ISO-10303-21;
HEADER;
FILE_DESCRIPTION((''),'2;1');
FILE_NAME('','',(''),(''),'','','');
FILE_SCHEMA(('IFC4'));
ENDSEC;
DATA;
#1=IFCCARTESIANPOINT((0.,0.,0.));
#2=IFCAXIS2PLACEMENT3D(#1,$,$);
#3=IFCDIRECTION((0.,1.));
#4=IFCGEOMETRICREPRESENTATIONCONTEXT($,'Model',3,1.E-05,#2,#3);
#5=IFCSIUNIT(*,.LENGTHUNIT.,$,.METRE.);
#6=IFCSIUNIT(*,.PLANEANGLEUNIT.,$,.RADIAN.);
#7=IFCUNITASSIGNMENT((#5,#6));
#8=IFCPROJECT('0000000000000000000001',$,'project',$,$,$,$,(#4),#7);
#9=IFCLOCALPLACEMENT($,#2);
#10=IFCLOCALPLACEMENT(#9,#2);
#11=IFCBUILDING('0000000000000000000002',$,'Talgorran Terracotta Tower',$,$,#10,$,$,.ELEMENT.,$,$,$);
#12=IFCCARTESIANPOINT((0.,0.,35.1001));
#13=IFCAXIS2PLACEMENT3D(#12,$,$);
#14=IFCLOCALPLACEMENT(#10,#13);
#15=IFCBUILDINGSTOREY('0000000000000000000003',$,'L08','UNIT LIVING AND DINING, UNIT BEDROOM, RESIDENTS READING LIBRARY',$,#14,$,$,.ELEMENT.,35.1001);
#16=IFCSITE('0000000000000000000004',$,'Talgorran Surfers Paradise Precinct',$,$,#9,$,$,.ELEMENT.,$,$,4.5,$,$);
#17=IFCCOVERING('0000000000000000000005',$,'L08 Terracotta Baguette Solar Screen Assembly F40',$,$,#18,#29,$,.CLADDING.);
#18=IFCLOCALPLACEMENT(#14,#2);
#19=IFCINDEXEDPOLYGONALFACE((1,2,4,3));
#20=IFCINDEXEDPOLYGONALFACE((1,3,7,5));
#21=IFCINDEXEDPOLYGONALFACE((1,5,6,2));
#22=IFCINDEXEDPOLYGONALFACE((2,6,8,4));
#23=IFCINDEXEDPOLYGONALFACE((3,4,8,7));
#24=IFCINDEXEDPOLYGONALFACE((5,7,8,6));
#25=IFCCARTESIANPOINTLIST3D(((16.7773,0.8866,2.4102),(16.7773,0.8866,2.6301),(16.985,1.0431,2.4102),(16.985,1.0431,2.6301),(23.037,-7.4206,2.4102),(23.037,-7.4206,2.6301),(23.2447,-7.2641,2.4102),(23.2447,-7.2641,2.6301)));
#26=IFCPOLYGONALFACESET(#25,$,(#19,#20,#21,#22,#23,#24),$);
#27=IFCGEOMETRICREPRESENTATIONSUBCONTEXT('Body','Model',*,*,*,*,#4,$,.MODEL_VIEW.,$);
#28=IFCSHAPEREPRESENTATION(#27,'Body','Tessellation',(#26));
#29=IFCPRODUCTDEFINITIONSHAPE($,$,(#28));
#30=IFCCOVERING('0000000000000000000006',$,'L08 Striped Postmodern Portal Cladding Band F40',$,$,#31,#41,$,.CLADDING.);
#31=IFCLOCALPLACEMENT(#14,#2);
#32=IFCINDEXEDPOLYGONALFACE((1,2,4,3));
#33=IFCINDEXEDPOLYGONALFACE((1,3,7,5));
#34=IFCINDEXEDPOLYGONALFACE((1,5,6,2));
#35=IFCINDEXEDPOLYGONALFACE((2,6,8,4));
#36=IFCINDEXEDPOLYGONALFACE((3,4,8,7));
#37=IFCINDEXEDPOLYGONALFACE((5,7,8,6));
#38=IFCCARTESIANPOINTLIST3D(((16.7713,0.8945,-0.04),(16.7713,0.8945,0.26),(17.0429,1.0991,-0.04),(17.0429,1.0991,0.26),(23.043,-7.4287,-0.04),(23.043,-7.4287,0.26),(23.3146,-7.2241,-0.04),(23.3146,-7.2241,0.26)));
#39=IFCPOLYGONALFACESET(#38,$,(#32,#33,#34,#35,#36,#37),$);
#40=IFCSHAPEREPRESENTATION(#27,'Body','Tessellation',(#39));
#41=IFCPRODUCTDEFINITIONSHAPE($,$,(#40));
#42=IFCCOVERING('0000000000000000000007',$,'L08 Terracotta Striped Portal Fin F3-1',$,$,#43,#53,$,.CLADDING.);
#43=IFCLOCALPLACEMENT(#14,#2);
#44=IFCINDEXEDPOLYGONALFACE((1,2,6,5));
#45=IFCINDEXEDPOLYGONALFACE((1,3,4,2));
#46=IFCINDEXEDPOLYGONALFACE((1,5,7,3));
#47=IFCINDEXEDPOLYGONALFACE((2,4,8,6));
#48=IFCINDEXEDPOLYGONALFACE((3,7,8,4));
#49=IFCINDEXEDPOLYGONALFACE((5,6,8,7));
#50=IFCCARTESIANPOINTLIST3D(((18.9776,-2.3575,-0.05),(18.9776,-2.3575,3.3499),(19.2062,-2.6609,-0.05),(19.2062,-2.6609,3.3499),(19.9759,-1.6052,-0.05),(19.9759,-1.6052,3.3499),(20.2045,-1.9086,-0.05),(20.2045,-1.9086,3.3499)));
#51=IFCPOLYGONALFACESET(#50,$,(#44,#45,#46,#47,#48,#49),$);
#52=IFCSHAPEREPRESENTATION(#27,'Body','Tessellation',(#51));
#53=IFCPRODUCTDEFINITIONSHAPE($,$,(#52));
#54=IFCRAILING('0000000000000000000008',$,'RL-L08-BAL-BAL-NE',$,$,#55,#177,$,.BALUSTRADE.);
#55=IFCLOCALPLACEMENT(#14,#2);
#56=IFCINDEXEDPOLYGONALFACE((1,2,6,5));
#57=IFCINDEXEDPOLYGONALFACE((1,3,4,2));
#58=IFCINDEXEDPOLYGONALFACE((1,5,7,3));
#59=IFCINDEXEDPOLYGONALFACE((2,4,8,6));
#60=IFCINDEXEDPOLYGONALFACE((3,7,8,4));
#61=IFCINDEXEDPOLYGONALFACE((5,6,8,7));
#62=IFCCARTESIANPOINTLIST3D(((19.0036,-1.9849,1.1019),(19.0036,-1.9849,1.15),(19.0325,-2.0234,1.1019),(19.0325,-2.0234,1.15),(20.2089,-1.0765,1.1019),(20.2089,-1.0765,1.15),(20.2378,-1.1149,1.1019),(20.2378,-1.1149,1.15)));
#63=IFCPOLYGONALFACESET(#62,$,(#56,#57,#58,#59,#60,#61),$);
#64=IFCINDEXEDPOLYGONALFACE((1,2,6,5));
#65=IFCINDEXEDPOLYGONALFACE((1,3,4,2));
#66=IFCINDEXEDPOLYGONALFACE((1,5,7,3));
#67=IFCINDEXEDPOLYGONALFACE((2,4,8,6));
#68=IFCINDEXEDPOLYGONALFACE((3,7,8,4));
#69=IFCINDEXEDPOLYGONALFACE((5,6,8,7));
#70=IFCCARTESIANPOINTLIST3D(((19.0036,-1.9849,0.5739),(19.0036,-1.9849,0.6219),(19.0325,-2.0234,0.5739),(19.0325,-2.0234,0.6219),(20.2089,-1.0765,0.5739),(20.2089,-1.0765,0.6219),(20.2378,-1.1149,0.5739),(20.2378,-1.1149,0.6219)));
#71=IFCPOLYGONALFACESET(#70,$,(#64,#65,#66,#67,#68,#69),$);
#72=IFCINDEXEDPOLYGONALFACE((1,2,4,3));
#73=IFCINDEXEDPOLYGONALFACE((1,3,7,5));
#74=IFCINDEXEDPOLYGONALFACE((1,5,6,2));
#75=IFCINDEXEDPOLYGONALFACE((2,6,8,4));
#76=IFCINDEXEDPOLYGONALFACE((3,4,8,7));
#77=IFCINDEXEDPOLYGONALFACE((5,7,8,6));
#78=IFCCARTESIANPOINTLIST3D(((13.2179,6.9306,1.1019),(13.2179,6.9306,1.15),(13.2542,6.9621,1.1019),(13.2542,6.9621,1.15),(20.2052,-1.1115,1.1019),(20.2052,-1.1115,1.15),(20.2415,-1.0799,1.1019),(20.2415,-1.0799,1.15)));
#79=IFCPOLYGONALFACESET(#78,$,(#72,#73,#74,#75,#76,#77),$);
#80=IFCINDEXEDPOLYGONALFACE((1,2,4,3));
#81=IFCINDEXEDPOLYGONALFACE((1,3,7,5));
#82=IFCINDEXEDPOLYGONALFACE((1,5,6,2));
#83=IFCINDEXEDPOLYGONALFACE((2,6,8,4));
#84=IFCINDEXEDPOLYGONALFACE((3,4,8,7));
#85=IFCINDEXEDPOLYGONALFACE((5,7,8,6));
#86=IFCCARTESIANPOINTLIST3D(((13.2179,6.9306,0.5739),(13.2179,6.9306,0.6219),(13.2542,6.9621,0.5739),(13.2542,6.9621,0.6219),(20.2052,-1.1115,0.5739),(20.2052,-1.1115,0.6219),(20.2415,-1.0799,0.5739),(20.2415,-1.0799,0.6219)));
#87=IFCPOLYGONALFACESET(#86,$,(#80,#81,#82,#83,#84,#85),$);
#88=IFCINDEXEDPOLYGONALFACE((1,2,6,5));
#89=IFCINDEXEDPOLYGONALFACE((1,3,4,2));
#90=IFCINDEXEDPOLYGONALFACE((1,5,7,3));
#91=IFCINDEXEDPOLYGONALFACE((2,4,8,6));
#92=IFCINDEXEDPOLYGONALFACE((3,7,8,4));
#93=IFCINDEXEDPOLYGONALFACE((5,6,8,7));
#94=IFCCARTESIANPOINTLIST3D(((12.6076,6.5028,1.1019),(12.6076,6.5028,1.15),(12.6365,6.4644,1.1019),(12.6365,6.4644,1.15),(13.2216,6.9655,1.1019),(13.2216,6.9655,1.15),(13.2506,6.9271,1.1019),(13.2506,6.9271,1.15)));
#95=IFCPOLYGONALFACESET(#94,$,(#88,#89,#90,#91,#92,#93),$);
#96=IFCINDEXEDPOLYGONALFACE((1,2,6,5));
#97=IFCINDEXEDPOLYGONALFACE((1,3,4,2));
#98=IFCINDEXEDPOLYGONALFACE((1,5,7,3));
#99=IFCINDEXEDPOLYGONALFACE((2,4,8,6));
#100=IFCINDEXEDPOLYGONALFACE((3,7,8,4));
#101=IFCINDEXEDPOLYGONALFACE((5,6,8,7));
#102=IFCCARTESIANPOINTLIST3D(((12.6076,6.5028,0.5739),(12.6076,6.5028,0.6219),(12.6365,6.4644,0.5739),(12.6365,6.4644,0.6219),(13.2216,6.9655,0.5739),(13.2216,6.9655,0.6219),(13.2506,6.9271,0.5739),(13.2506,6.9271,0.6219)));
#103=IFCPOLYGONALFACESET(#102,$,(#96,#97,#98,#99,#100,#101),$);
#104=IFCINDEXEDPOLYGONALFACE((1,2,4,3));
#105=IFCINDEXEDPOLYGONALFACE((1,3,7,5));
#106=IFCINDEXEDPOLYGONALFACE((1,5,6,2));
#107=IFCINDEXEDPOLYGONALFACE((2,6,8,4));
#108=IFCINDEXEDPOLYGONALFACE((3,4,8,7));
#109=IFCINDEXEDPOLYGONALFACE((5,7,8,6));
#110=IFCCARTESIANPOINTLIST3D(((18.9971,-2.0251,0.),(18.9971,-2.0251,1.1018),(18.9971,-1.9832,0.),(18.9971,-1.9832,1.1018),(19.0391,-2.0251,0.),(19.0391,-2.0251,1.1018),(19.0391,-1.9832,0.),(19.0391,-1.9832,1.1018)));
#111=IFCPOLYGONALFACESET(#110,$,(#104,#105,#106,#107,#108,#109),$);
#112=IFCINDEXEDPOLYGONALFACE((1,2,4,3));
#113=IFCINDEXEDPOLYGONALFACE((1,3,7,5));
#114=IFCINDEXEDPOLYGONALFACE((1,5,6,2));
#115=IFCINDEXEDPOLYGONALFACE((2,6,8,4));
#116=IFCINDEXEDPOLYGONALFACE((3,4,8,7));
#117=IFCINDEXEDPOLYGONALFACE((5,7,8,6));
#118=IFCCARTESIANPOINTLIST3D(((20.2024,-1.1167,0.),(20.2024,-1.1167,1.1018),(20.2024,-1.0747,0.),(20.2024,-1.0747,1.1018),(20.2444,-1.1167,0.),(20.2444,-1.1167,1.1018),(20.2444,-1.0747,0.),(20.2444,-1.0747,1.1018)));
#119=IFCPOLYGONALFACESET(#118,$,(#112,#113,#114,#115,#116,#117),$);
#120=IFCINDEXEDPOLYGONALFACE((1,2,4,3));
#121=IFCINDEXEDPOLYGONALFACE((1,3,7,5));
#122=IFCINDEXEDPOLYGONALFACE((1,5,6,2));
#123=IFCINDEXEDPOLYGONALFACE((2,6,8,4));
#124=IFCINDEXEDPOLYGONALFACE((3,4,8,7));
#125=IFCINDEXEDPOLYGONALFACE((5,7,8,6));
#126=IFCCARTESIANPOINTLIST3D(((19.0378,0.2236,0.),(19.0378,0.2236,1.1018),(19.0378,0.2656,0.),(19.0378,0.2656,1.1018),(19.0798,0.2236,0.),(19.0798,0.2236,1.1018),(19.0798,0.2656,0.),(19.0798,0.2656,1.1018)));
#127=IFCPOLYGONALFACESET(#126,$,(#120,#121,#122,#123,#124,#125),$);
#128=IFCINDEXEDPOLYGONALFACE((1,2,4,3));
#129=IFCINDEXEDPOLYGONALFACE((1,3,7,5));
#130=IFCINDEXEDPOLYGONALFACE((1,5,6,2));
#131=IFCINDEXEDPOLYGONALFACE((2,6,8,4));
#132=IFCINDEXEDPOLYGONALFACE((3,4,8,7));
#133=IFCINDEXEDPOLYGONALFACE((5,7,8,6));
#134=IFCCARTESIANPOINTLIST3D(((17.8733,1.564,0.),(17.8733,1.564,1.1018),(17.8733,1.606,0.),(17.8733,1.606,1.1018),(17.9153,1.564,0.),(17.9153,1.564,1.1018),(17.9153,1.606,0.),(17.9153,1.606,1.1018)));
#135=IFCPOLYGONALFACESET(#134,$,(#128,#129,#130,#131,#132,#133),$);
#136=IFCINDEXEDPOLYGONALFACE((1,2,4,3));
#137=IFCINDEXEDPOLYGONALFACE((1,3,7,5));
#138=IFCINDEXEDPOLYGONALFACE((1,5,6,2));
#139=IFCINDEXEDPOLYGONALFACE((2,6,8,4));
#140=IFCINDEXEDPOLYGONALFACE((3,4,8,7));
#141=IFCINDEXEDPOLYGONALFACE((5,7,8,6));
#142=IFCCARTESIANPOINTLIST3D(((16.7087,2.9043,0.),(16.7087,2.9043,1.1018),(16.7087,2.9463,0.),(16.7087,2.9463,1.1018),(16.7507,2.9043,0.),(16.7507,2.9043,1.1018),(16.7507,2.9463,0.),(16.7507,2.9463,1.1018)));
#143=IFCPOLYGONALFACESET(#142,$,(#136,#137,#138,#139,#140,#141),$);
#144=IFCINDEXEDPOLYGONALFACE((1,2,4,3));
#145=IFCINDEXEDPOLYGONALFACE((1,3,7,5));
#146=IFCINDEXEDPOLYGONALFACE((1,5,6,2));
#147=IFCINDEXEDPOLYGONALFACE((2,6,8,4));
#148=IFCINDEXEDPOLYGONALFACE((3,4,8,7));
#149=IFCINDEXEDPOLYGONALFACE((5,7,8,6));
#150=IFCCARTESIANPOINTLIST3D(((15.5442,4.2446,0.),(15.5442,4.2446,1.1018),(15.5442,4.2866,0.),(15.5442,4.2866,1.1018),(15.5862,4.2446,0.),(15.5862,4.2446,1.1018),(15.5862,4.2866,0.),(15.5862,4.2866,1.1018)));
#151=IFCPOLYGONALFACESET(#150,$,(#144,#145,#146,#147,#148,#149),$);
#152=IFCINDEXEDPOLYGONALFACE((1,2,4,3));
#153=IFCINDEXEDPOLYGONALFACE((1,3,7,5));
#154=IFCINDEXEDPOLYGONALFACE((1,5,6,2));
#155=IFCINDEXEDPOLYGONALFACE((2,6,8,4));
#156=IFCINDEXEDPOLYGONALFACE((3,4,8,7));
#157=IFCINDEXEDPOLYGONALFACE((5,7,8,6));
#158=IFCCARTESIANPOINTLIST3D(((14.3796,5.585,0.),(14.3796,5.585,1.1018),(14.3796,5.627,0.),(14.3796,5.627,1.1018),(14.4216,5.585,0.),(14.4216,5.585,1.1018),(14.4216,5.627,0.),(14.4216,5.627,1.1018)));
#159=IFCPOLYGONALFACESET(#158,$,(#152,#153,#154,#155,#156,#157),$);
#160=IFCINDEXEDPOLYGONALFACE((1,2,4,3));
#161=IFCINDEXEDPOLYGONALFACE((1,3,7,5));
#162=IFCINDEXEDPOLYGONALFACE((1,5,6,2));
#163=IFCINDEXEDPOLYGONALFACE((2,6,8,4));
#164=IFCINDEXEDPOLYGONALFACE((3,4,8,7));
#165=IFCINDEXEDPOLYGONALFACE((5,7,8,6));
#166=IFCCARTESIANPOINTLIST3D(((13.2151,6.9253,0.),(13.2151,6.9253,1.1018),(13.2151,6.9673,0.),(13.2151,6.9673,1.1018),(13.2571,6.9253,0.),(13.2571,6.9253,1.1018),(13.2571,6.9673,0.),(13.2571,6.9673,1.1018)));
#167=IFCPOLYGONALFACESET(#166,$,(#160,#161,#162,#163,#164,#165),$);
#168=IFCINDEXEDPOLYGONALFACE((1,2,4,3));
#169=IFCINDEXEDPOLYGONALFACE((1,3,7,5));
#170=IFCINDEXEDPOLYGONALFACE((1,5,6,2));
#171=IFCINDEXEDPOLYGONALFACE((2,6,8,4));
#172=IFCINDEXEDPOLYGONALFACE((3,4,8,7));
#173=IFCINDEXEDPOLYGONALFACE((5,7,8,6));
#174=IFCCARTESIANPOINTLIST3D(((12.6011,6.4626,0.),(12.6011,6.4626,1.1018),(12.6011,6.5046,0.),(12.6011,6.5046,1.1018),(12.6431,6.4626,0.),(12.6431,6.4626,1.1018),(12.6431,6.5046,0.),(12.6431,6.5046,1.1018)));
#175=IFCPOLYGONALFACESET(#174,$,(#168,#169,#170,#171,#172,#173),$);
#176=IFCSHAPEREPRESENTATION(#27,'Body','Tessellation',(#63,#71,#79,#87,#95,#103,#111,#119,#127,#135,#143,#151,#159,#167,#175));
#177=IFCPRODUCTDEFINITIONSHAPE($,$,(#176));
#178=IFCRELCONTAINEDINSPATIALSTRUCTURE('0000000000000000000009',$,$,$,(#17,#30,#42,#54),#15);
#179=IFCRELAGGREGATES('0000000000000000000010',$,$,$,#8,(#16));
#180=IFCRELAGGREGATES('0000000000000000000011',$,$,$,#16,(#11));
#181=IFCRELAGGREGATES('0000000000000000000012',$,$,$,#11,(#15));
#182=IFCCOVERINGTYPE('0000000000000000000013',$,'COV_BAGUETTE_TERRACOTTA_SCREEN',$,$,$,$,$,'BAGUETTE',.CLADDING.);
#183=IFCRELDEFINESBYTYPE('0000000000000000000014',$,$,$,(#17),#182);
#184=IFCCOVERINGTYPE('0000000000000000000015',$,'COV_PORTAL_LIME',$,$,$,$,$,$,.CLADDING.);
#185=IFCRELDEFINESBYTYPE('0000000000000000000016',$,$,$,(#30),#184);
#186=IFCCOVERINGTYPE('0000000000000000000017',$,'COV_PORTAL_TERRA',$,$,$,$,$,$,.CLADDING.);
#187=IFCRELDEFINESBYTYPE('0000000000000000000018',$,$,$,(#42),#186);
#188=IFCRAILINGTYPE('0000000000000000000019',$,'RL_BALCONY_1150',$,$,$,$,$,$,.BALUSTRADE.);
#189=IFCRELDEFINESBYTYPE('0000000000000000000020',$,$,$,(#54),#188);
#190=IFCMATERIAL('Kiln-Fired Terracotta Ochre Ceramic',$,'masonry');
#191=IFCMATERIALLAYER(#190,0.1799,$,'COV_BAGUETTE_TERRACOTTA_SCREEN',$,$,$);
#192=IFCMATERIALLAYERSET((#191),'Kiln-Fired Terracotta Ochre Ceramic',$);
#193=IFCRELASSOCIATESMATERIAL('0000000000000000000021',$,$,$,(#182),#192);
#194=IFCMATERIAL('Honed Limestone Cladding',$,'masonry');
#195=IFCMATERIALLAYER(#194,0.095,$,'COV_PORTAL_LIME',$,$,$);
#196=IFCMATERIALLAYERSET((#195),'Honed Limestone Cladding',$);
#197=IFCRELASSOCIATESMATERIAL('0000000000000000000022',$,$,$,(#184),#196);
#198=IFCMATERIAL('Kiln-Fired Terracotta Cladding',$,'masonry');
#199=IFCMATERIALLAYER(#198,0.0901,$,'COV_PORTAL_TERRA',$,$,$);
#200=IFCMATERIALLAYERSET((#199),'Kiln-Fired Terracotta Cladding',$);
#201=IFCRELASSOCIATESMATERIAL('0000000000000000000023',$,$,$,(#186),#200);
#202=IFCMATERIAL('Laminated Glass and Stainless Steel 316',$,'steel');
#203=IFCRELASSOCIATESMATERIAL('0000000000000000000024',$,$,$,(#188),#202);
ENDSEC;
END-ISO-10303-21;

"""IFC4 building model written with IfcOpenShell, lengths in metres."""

from ifc_helpers import new_model, si_unit, direction, frame, origin, origin_2d, place, context, subcontext, project, spatial, rectangle, extrude, material, layer, layer_set, type_object, element, save


model = new_model("IFC4")

# Units and contexts
model_context = context("Model", 3, precision=1e-05, world=origin(), true_north=direction((0.0, 1.0)))
body_context = subcontext(model_context, "Body", "Model", "MODEL_VIEW")
ifc_project = project(units=[si_unit("LENGTHUNIT", "METRE"), si_unit("PLANEANGLEUNIT", "RADIAN")], contexts=[model_context])

# Site, building, storey
site_placement = place(None, origin())
site = spatial("IfcSite", under=ifc_project, at=site_placement, Name="Talgorran Surfers Paradise Precinct", CompositionType="ELEMENT", RefElevation=4.5)
building_placement = place(site_placement, origin())
building = spatial("IfcBuilding", under=site, at=building_placement, Name="Talgorran Terracotta Tower", CompositionType="ELEMENT")
storey_placement = place(building_placement, frame((0.0, 0.0, 35.1001)))
storey = spatial("IfcBuildingStorey", under=building, at=storey_placement, Name="L08", Description="UNIT LIVING AND DINING, UNIT BEDROOM, RESIDENTS READING LIBRARY", CompositionType="ELEMENT", Elevation=35.1001)

# Coverings
ifc_material_1 = material(Name="Kiln-Fired Terracotta Ochre Ceramic", Category="masonry")
ifc_layer_1 = layer(ifc_material_1, 0.1799, Name="COV_BAGUETTE_TERRACOTTA_SCREEN")
ifc_layer_set_1 = layer_set([ifc_layer_1], Name="Kiln-Fired Terracotta Ochre Ceramic")
covering_type_1 = type_object("IfcCoveringType", Name="COV_BAGUETTE_TERRACOTTA_SCREEN", ElementType="BAGUETTE", PredefinedType="CLADDING", material=ifc_layer_set_1)
covering_1_placement = place(storey_placement, frame((20.011, -3.1887, 2.4102), z_axis=(0.0, 0.0, 1.0), x_axis=(-0.601801, 0.798646, 0.0)))
element("IfcCovering", 1, at=covering_1_placement, inside=storey, type_object=covering_type_1, Name="L08 Terracotta Baguette Solar Screen Assembly F40", PredefinedType="CLADDING", context=body_context, shape_type="SweptSolid", body=[
    extrude(rectangle(XDim=10.4016, YDim=0.26, at=origin_2d()), origin(), (0.0, 0.0, 1.0), 0.22),
])
ifc_material_2 = material(Name="Honed Limestone Cladding", Category="masonry")
ifc_layer_2 = layer(ifc_material_2, 0.095, Name="COV_PORTAL_LIME")
ifc_layer_set_2 = layer_set([ifc_layer_2], Name="Honed Limestone Cladding")
covering_type_2 = type_object("IfcCoveringType", Name="COV_PORTAL_LIME", PredefinedType="CLADDING", material=ifc_layer_set_2)
covering_2_placement = place(storey_placement, frame((20.043, -3.1648, -0.04), z_axis=(0.0, 0.0, 1.0), x_axis=(-0.601801, 0.798646, 0.0)))
element("IfcCovering", 2, at=covering_2_placement, inside=storey, type_object=covering_type_2, Name="L08 Striped Postmodern Portal Cladding Band F40", PredefinedType="CLADDING", context=body_context, shape_type="SweptSolid", body=[
    extrude(rectangle(XDim=10.4216, YDim=0.3401, at=origin_2d()), origin(), (0.0, 0.0, 1.0), 0.3),
])
ifc_material_3 = material(Name="Kiln-Fired Terracotta Cladding", Category="masonry")
ifc_layer_3 = layer(ifc_material_3, 0.0901, Name="COV_PORTAL_TERRA")
ifc_layer_set_3 = layer_set([ifc_layer_3], Name="Kiln-Fired Terracotta Cladding")
covering_type_3 = type_object("IfcCoveringType", Name="COV_PORTAL_TERRA", PredefinedType="CLADDING", material=ifc_layer_set_3)
covering_3_placement = place(storey_placement, frame((19.5911, -2.1331, -0.05), z_axis=(0.0, 0.0, 1.0), x_axis=(-0.601815, 0.798636, 0.0)))
element("IfcCovering", 3, at=covering_3_placement, inside=storey, type_object=covering_type_3, Name="L08 Terracotta Striped Portal Fin F3-1", PredefinedType="CLADDING", context=body_context, shape_type="SweptSolid", body=[
    extrude(rectangle(XDim=0.3799, YDim=1.25, at=origin_2d()), origin(), (0.0, 0.0, 1.0), 3.3999),
])

# Railing
ifc_material_4 = material(Name="Laminated Glass and Stainless Steel 316", Category="steel")
railing_type = type_object("IfcRailingType", Name="RL_BALCONY_1150", PredefinedType="BALUSTRADE", material=ifc_material_4)
railing_placement = place(storey_placement, frame((19.0181, -2.0042, 0.0)))
element("IfcRailing", 4, at=railing_placement, inside=storey, type_object=railing_type, Name="RL-L08-BAL-BAL-NE", PredefinedType="BALUSTRADE", context=body_context, shape_type="SweptSolid", body=[
    extrude(rectangle(XDim=0.0481, YDim=0.0481, at=origin_2d()), frame((0.0, 0.0, 1.126), z_axis=(0.798581, 0.601888, 0.0), x_axis=(-0.601888, 0.798581, 0.0)), (0.0, 0.0, 1.0), 1.5093),
    extrude(rectangle(XDim=0.0481, YDim=0.0481, at=origin_2d()), frame((0.0, 0.0, 0.5979), z_axis=(0.798581, 0.601888, 0.0), x_axis=(-0.601888, 0.798581, 0.0)), (0.0, 0.0, 1.0), 1.5093),
    extrude(rectangle(XDim=0.0481, YDim=0.0481, at=origin_2d()), frame((1.2053, 0.9084, 1.126), z_axis=(-0.655872, 0.754872, 0.0), x_axis=(-0.754872, -0.655872, 0.0)), (0.0, 0.0, 1.0), 10.6536),
    extrude(rectangle(XDim=0.0481, YDim=0.0481, at=origin_2d()), frame((1.2053, 0.9084, 0.5979), z_axis=(-0.655872, 0.754872, 0.0), x_axis=(-0.754872, -0.655872, 0.0)), (0.0, 0.0, 1.0), 10.6536),
    extrude(rectangle(XDim=0.0481, YDim=0.0481, at=origin_2d()), frame((-5.782, 8.9504, 1.126), z_axis=(-0.798664, -0.601777, 0.0), x_axis=(0.601777, -0.798664, 0.0)), (0.0, 0.0, 1.0), 0.7688),
    extrude(rectangle(XDim=0.0481, YDim=0.0481, at=origin_2d()), frame((-5.782, 8.9504, 0.5979), z_axis=(-0.798664, -0.601777, 0.0), x_axis=(0.601777, -0.798664, 0.0)), (0.0, 0.0, 1.0), 0.7688),
    extrude(rectangle(XDim=0.042, YDim=0.042, at=origin_2d()), origin(), (0.0, 0.0, 1.0), 1.1018),
    extrude(rectangle(XDim=0.042, YDim=0.042, at=origin_2d()), frame((1.2053, 0.9084, 0.0)), (0.0, 0.0, 1.0), 1.1018),
    extrude(rectangle(XDim=0.042, YDim=0.042, at=origin_2d()), frame((0.0408, 2.2488, 0.0)), (0.0, 0.0, 1.0), 1.1018),
    extrude(rectangle(XDim=0.042, YDim=0.042, at=origin_2d()), frame((-1.1238, 3.5891, 0.0)), (0.0, 0.0, 1.0), 1.1018),
    extrude(rectangle(XDim=0.042, YDim=0.042, at=origin_2d()), frame((-2.2883, 4.9294, 0.0)), (0.0, 0.0, 1.0), 1.1018),
    extrude(rectangle(XDim=0.042, YDim=0.042, at=origin_2d()), frame((-3.4529, 6.2698, 0.0)), (0.0, 0.0, 1.0), 1.1018),
    extrude(rectangle(XDim=0.042, YDim=0.042, at=origin_2d()), frame((-4.6174, 7.6101, 0.0)), (0.0, 0.0, 1.0), 1.1018),
    extrude(rectangle(XDim=0.042, YDim=0.042, at=origin_2d()), frame((-5.782, 8.9504, 0.0)), (0.0, 0.0, 1.0), 1.1018),
    extrude(rectangle(XDim=0.042, YDim=0.042, at=origin_2d()), frame((-6.396, 8.4878, 0.0)), (0.0, 0.0, 1.0), 1.1018),
])

save(model, "model.ifc")
